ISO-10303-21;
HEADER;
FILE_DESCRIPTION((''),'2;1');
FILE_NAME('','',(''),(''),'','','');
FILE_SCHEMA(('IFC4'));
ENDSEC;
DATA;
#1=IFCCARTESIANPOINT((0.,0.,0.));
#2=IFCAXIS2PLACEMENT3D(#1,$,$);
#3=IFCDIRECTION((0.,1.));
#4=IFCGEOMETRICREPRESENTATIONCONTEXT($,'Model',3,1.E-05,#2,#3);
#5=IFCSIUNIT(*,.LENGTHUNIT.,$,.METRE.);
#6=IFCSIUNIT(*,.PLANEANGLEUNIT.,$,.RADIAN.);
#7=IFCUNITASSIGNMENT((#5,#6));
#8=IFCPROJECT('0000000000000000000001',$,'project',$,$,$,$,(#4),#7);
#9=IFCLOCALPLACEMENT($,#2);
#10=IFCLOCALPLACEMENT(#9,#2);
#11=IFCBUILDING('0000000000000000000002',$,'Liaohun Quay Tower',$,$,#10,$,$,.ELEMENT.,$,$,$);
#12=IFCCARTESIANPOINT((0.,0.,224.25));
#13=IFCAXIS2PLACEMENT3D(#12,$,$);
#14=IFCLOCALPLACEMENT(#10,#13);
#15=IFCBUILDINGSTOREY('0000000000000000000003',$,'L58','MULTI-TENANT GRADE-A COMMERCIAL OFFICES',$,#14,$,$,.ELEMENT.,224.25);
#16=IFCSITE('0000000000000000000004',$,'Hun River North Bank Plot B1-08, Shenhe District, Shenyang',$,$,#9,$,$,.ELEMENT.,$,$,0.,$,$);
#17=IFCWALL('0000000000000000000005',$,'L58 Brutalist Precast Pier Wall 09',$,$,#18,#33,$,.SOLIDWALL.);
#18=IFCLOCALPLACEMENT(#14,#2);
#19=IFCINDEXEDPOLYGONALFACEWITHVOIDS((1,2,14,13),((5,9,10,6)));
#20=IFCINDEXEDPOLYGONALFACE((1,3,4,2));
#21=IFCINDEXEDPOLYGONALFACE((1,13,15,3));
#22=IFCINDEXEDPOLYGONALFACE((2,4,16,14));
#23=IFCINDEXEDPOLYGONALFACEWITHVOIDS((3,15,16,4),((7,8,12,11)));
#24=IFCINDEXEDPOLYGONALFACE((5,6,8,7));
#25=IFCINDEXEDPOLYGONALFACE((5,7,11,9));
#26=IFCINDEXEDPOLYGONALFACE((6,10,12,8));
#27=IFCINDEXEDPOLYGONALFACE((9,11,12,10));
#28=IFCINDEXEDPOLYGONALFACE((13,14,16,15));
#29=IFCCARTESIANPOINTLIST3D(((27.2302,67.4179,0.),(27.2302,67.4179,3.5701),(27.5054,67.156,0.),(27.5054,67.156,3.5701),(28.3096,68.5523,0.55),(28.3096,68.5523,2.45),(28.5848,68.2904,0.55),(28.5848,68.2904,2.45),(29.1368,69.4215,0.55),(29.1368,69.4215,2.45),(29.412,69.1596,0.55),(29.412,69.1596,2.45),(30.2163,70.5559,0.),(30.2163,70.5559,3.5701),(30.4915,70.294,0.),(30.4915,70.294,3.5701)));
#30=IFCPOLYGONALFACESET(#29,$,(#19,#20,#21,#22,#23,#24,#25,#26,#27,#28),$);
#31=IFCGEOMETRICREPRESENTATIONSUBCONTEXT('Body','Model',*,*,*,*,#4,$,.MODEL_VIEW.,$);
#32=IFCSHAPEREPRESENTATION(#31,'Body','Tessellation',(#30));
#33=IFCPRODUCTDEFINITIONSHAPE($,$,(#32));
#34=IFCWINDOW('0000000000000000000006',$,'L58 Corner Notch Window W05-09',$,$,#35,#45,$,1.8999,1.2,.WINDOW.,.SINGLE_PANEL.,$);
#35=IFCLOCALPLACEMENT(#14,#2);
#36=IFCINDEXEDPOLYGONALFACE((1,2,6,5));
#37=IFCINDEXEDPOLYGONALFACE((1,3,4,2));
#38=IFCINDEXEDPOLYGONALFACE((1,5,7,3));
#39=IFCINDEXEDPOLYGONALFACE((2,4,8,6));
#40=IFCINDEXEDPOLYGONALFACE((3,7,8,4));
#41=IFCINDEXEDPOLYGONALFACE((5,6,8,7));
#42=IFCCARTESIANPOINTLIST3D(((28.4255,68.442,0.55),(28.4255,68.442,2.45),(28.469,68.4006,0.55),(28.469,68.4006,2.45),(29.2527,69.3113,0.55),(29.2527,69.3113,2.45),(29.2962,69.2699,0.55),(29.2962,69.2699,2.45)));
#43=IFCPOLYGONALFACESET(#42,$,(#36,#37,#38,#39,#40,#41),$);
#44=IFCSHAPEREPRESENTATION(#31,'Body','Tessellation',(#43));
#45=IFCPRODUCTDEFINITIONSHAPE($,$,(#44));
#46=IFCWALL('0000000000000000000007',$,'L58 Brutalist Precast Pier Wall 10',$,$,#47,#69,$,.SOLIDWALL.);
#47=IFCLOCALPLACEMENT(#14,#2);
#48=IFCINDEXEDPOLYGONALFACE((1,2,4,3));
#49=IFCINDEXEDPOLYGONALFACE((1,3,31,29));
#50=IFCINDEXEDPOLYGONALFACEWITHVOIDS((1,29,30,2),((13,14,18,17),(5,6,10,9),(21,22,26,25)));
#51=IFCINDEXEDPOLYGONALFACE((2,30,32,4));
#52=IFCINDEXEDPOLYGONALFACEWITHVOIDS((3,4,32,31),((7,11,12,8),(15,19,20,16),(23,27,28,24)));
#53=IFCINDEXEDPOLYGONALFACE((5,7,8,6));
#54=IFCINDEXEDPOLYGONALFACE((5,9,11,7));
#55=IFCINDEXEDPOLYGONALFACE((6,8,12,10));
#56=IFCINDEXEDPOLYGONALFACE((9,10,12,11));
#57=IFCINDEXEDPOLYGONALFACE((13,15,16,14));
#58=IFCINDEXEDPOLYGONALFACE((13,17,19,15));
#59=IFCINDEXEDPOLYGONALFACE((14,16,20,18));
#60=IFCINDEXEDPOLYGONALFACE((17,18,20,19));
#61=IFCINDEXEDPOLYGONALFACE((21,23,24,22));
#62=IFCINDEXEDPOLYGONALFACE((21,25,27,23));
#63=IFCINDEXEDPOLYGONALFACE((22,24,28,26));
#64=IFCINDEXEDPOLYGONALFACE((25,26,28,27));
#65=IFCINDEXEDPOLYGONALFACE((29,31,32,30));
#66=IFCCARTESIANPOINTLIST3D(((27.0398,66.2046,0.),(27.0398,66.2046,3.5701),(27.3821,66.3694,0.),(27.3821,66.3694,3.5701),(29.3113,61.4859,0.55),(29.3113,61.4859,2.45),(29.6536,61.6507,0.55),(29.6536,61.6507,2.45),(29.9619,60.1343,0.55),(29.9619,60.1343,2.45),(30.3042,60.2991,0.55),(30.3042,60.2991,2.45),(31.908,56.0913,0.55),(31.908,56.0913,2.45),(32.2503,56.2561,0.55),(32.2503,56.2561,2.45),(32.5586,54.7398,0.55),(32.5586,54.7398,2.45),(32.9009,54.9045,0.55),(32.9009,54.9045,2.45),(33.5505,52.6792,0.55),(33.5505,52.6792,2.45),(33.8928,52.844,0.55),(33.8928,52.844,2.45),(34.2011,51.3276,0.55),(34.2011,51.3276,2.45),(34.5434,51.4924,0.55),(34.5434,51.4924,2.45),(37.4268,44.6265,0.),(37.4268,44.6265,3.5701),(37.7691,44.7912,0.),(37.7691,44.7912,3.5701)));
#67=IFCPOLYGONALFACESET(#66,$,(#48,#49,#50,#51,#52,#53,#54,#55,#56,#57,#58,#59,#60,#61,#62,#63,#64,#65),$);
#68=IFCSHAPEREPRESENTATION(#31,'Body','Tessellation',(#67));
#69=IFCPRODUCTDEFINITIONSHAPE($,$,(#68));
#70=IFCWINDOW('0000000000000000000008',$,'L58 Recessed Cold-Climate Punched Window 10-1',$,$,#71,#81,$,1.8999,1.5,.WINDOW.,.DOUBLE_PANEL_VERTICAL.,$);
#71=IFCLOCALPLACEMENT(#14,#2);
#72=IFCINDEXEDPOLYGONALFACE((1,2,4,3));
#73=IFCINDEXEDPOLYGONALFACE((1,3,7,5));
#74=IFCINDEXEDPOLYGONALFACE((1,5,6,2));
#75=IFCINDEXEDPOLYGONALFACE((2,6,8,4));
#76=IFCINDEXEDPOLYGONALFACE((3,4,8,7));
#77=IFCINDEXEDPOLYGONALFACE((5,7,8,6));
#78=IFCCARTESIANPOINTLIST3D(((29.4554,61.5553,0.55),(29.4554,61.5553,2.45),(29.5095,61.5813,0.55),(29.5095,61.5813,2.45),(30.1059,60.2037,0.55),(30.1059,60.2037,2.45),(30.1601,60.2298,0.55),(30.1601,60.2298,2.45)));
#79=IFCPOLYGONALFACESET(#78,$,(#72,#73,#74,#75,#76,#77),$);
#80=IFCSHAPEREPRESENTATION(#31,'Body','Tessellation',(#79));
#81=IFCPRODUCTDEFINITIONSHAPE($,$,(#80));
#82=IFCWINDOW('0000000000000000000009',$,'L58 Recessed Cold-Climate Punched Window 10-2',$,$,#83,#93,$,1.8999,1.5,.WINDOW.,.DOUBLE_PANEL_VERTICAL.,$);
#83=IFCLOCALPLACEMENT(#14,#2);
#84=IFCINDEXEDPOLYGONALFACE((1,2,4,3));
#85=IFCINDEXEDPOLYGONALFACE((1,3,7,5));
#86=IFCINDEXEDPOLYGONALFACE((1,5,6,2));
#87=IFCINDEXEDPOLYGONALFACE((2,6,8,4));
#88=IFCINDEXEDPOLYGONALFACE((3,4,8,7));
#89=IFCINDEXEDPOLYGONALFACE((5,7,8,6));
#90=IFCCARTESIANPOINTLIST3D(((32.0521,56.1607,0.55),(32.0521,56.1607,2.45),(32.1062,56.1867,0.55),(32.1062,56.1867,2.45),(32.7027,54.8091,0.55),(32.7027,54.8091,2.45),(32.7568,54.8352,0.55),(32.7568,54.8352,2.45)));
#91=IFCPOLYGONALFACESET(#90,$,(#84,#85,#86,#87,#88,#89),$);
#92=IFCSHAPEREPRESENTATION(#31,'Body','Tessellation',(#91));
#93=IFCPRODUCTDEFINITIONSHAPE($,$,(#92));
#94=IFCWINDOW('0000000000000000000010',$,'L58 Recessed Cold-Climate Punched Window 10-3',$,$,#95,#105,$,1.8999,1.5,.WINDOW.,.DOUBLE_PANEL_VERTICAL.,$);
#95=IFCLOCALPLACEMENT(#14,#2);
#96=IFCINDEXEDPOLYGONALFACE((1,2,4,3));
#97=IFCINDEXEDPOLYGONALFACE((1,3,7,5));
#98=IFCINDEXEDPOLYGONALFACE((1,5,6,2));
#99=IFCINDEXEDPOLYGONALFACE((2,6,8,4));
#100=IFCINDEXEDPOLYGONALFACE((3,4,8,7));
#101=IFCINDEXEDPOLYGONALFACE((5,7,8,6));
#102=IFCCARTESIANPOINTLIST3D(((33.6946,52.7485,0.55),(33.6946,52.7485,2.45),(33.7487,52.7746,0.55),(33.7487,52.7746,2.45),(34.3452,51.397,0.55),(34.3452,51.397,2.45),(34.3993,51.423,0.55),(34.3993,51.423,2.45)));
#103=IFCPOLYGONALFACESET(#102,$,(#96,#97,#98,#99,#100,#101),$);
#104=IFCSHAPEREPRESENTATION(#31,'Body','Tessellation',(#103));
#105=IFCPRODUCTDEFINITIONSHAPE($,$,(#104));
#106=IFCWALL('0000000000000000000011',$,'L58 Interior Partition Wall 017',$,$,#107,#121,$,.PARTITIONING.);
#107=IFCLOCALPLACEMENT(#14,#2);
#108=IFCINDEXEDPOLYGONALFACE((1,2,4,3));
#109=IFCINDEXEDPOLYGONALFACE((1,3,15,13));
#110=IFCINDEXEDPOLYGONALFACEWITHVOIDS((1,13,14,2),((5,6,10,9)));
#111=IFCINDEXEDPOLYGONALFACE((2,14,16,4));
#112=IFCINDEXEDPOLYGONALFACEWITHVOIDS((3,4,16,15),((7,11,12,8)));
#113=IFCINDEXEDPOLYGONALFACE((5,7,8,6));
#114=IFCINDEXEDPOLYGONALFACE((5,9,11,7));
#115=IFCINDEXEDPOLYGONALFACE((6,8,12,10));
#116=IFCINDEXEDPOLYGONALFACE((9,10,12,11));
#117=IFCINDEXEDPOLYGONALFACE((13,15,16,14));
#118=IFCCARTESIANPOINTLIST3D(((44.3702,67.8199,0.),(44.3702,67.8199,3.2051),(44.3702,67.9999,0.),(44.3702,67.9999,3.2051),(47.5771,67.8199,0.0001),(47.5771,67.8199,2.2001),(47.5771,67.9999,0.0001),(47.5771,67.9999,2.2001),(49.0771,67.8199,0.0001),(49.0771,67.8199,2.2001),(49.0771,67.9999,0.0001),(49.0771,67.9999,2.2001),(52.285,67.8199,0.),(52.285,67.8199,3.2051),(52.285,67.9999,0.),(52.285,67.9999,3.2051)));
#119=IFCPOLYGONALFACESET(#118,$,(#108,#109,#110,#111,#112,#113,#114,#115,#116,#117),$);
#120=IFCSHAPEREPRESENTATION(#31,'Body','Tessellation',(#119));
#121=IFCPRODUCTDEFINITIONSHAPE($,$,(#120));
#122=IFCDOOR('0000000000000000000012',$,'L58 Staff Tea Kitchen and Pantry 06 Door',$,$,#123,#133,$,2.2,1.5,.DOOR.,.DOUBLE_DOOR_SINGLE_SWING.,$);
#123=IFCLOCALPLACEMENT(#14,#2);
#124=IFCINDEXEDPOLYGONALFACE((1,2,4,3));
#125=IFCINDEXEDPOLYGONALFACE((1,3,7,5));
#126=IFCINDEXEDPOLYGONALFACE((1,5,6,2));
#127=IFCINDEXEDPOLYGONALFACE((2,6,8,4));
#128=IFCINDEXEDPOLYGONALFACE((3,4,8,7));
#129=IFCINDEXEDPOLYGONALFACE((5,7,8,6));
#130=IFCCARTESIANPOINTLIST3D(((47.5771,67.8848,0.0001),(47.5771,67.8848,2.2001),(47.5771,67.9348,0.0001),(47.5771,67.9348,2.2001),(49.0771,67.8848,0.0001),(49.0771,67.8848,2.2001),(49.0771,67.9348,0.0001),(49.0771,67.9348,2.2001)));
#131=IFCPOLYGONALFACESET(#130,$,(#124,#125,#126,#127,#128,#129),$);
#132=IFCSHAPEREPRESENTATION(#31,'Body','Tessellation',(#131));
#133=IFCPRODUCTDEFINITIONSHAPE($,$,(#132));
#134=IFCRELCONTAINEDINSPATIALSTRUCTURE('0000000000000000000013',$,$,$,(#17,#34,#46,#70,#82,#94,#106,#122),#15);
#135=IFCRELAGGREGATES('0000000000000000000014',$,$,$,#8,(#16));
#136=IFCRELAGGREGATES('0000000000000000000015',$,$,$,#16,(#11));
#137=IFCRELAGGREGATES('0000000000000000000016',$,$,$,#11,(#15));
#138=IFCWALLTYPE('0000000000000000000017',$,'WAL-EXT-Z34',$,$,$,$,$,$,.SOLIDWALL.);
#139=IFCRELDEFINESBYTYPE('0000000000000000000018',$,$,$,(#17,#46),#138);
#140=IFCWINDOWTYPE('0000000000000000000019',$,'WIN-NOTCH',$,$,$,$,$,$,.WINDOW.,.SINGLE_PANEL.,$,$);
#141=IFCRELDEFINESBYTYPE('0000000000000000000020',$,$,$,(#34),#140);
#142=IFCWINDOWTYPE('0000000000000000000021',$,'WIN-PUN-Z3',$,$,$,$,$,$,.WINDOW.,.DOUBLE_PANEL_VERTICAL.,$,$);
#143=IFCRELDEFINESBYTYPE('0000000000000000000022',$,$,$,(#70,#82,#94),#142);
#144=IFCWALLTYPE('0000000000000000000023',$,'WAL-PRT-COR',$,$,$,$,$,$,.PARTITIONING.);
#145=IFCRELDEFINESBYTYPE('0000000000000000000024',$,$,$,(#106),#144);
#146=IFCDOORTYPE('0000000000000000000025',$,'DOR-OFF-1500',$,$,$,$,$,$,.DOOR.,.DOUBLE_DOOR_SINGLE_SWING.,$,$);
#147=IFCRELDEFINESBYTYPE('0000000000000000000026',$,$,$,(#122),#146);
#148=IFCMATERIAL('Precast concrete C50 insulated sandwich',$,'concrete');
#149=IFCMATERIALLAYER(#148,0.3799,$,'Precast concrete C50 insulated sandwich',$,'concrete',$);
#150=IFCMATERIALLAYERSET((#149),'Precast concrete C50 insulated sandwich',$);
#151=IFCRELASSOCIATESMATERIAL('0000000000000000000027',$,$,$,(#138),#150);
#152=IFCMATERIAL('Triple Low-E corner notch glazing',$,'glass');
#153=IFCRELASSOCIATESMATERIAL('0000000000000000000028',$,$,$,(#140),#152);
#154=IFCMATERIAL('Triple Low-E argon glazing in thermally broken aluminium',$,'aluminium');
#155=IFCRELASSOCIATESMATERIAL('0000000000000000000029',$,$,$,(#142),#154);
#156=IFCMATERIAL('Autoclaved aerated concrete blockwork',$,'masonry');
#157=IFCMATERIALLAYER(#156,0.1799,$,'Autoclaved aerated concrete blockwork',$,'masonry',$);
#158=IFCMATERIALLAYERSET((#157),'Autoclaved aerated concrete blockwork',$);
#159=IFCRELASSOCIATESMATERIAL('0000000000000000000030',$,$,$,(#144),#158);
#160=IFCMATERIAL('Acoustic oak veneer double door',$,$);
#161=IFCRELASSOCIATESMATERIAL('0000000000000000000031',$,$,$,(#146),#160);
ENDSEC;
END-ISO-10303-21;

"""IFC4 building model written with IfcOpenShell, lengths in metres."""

from ifc_helpers import new_model, si_unit, direction, frame, frame_2d, origin, place, context, subcontext, project, spatial, rectangle, extrude, source, transform, mapped, material, layer, layer_set, type_object, element, fill, save


model = new_model("IFC4")

# Units and contexts
model_context = context("Model", 3, precision=1e-05, world=origin(), true_north=direction((0.0, 1.0)))
body_context = subcontext(model_context, "Body", "Model", "MODEL_VIEW")
ifc_project = project(units=[si_unit("LENGTHUNIT", "METRE"), si_unit("PLANEANGLEUNIT", "RADIAN")], contexts=[model_context])

# Site, building, storey
site_placement = place(None, origin())
site = spatial("IfcSite", under=ifc_project, at=site_placement, Name="Hun River North Bank Plot B1-08, Shenhe District, Shenyang", CompositionType="ELEMENT", RefElevation=0.0)
building_placement = place(site_placement, origin())
building = spatial("IfcBuilding", under=site, at=building_placement, Name="Liaohun Quay Tower", CompositionType="ELEMENT")
storey_placement = place(building_placement, frame((0.0, 0.0, 224.25)))
storey = spatial("IfcBuildingStorey", under=building, at=storey_placement, Name="L58", Description="MULTI-TENANT GRADE-A COMMERCIAL OFFICES", CompositionType="ELEMENT", Elevation=224.25)

# Wall, opening, window
ifc_material_1 = material(Name="Precast concrete C50 insulated sandwich", Category="concrete")
ifc_layer_1 = layer(ifc_material_1, 0.3799, Name="Precast concrete C50 insulated sandwich", Category="concrete")
ifc_layer_set_1 = layer_set([ifc_layer_1], Name="Precast concrete C50 insulated sandwich")
wall_type_1 = type_object("IfcWallType", Name="WAL-EXT-Z34", PredefinedType="SOLIDWALL", material=ifc_layer_set_1)
shared_shape_1 = source(origin(), body_context, "Body", "SweptSolid", [
    extrude(rectangle(XDim=1.2, YDim=1.8999, at=frame_2d((0.6001, 0.95))), frame((0.0, 0.2, 0.0), z_axis=(0.0, -1.0, 0.0), x_axis=(1.0, 0.0, 0.0)), (0.0, 0.0, 1.0), 0.3999),
])
ifc_material_2 = material(Name="Triple Low-E corner notch glazing", Category="glass")
window_type_1 = type_object("IfcWindowType", Name="WIN-NOTCH", PartitioningType="SINGLE_PANEL", PredefinedType="WINDOW", material=ifc_material_2)
shared_shape_2 = source(origin(), body_context, "Body", "SweptSolid", [
    extrude(rectangle(XDim=1.2, YDim=1.8999, at=frame_2d((0.6001, 0.95))), frame((0.0, 0.03, 0.0), z_axis=(0.0, -1.0, 0.0), x_axis=(1.0, 0.0, 0.0)), (0.0, 0.0, 1.0), 0.0601),
])
wall_1_placement = place(storey_placement, frame((30.354, 70.425, 0.0), z_axis=(0.0, 0.0, 1.0), x_axis=(-0.689361, -0.724418, 0.0)))
wall_1 = element("IfcWall", 1, at=wall_1_placement, inside=storey, type_object=wall_type_1, Name="L58 Brutalist Precast Pier Wall 09", PredefinedType="SOLIDWALL", context=body_context, shape_type="SweptSolid", body=[
    extrude(rectangle(XDim=4.3318, YDim=0.3799, at=frame_2d((2.166, 0.0))), origin(), (0.0, 0.0, 1.0), 3.5701),
])
opening_1_placement = place(wall_1_placement, frame((1.5659, 0.0, 0.55)))
opening_1 = element("IfcOpeningElement", 2, at=opening_1_placement, cuts=wall_1, PredefinedType="OPENING", context=body_context, shape_type="MappedRepresentation", body=[
    mapped(shared_shape_1, transform((0.0, 0.0, 0.0), x_axis=(1.0, 0.0, 0.0), y_axis=(0.0, 1.0, 0.0), z_axis=(0.0, 0.0, 1.0), scale=1.0)),
])
window_1_placement = place(opening_1_placement, origin())
window_1 = element("IfcWindow", 3, at=window_1_placement, inside=storey, type_object=window_type_1, Name="L58 Corner Notch Window W05-09", OverallHeight=1.8999, OverallWidth=1.2, PartitioningType="SINGLE_PANEL", PredefinedType="WINDOW", context=body_context, shape_type="MappedRepresentation", body=[
    mapped(shared_shape_2, transform((0.0, 0.0, 0.0), x_axis=(1.0, 0.0, 0.0), y_axis=(0.0, 1.0, 0.0), z_axis=(0.0, 0.0, 1.0), scale=1.0)),
])
fill(opening_1, window_1)

# Wall, openings, windows
wall_2_placement = place(storey_placement, frame((27.2109, 66.2871, 0.0), z_axis=(0.0, 0.0, 1.0), x_axis=(0.433731, -0.901043, 0.0)))
wall_2 = element("IfcWall", 4, at=wall_2_placement, inside=storey, type_object=wall_type_1, Name="L58 Brutalist Precast Pier Wall 10", PredefinedType="SOLIDWALL", context=body_context, shape_type="SweptSolid", body=[
    extrude(rectangle(XDim=23.948, YDim=0.3799, at=frame_2d((11.9741, 0.0))), origin(), (0.0, 0.0, 1.0), 3.5701),
])
shared_shape_3 = source(origin(), body_context, "Body", "SweptSolid", [
    extrude(rectangle(XDim=1.5, YDim=1.8999, at=frame_2d((0.75, 0.95))), frame((0.0, 0.2, 0.0), z_axis=(0.0, -1.0, 0.0), x_axis=(1.0, 0.0, 0.0)), (0.0, 0.0, 1.0), 0.3999),
])
opening_2_placement = place(wall_2_placement, frame((5.2371, 0.0, 0.55)))
opening_2 = element("IfcOpeningElement", 5, at=opening_2_placement, cuts=wall_2, PredefinedType="OPENING", context=body_context, shape_type="MappedRepresentation", body=[
    mapped(shared_shape_3, transform((0.0, 0.0, 0.0), x_axis=(1.0, 0.0, 0.0), y_axis=(0.0, 1.0, 0.0), z_axis=(0.0, 0.0, 1.0), scale=1.0)),
])
opening_3_placement = place(wall_2_placement, frame((11.2241, 0.0, 0.55)))
opening_3 = element("IfcOpeningElement", 6, at=opening_3_placement, cuts=wall_2, PredefinedType="OPENING", context=body_context, shape_type="MappedRepresentation", body=[
    mapped(shared_shape_3, transform((0.0, 0.0, 0.0), x_axis=(1.0, 0.0, 0.0), y_axis=(0.0, 1.0, 0.0), z_axis=(0.0, 0.0, 1.0), scale=1.0)),
])
opening_4_placement = place(wall_2_placement, frame((15.011, 0.0, 0.55)))
opening_4 = element("IfcOpeningElement", 7, at=opening_4_placement, cuts=wall_2, PredefinedType="OPENING", context=body_context, shape_type="MappedRepresentation", body=[
    mapped(shared_shape_3, transform((0.0, 0.0, 0.0), x_axis=(1.0, 0.0, 0.0), y_axis=(0.0, 1.0, 0.0), z_axis=(0.0, 0.0, 1.0), scale=1.0)),
])
ifc_material_3 = material(Name="Triple Low-E argon glazing in thermally broken aluminium", Category="aluminium")
window_type_2 = type_object("IfcWindowType", Name="WIN-PUN-Z3", PartitioningType="DOUBLE_PANEL_VERTICAL", PredefinedType="WINDOW", material=ifc_material_3)
shared_shape_4 = source(origin(), body_context, "Body", "SweptSolid", [
    extrude(rectangle(XDim=1.5, YDim=1.8999, at=frame_2d((0.75, 0.95))), frame((0.0, 0.03, 0.0), z_axis=(0.0, -1.0, 0.0), x_axis=(1.0, 0.0, 0.0)), (0.0, 0.0, 1.0), 0.0601),
])
window_2_placement = place(opening_2_placement, origin())
window_2 = element("IfcWindow", 8, at=window_2_placement, inside=storey, type_object=window_type_2, Name="L58 Recessed Cold-Climate Punched Window 10-1", OverallHeight=1.8999, OverallWidth=1.5, PartitioningType="DOUBLE_PANEL_VERTICAL", PredefinedType="WINDOW", context=body_context, shape_type="MappedRepresentation", body=[
    mapped(shared_shape_4, transform((0.0, 0.0, 0.0), x_axis=(1.0, 0.0, 0.0), y_axis=(0.0, 1.0, 0.0), z_axis=(0.0, 0.0, 1.0), scale=1.0)),
])
fill(opening_2, window_2)
window_3_placement = place(opening_3_placement, origin())
window_3 = element("IfcWindow", 9, at=window_3_placement, inside=storey, type_object=window_type_2, Name="L58 Recessed Cold-Climate Punched Window 10-2", OverallHeight=1.8999, OverallWidth=1.5, PartitioningType="DOUBLE_PANEL_VERTICAL", PredefinedType="WINDOW", context=body_context, shape_type="MappedRepresentation", body=[
    mapped(shared_shape_4, transform((0.0, 0.0, 0.0), x_axis=(1.0, 0.0, 0.0), y_axis=(0.0, 1.0, 0.0), z_axis=(0.0, 0.0, 1.0), scale=1.0)),
])
fill(opening_3, window_3)
window_4_placement = place(opening_4_placement, origin())
window_4 = element("IfcWindow", 10, at=window_4_placement, inside=storey, type_object=window_type_2, Name="L58 Recessed Cold-Climate Punched Window 10-3", OverallHeight=1.8999, OverallWidth=1.5, PartitioningType="DOUBLE_PANEL_VERTICAL", PredefinedType="WINDOW", context=body_context, shape_type="MappedRepresentation", body=[
    mapped(shared_shape_4, transform((0.0, 0.0, 0.0), x_axis=(1.0, 0.0, 0.0), y_axis=(0.0, 1.0, 0.0), z_axis=(0.0, 0.0, 1.0), scale=1.0)),
])
fill(opening_4, window_4)

# Wall, opening, door
ifc_material_4 = material(Name="Autoclaved aerated concrete blockwork", Category="masonry")
ifc_layer_2 = layer(ifc_material_4, 0.1799, Name="Autoclaved aerated concrete blockwork", Category="masonry")
ifc_layer_set_2 = layer_set([ifc_layer_2], Name="Autoclaved aerated concrete blockwork")
wall_type_2 = type_object("IfcWallType", Name="WAL-PRT-COR", PredefinedType="PARTITIONING", material=ifc_layer_set_2)
wall_3_placement = place(storey_placement, frame((44.3701, 67.9099, 0.0), z_axis=(0.0, 0.0, 1.0), x_axis=(1.0, 0.0, 0.0)))
wall_3 = element("IfcWall", 11, at=wall_3_placement, inside=storey, type_object=wall_type_2, Name="L58 Interior Partition Wall 017", PredefinedType="PARTITIONING", context=body_context, shape_type="SweptSolid", body=[
    extrude(rectangle(XDim=7.9148, YDim=0.1799, at=frame_2d((3.9575, 0.0))), origin(), (0.0, 0.0, 1.0), 3.2051),
])
shared_shape_5 = source(origin(), body_context, "Body", "SweptSolid", [
    extrude(rectangle(XDim=1.5, YDim=2.2, at=frame_2d((0.75, 1.1001))), frame((0.0, 0.0999, 0.0), z_axis=(0.0, -1.0, 0.0), x_axis=(1.0, 0.0, 0.0)), (0.0, 0.0, 1.0), 0.2),
])
opening_5_placement = place(wall_3_placement, frame((3.207, 0.0, 0.0)))
opening_5 = element("IfcOpeningElement", 12, at=opening_5_placement, cuts=wall_3, PredefinedType="OPENING", context=body_context, shape_type="MappedRepresentation", body=[
    mapped(shared_shape_5, transform((0.0, 0.0, 0.0), x_axis=(1.0, 0.0, 0.0), y_axis=(0.0, 1.0, 0.0), z_axis=(0.0, 0.0, 1.0), scale=1.0)),
])
ifc_material_5 = material(Name="Acoustic oak veneer double door")
door_type = type_object("IfcDoorType", Name="DOR-OFF-1500", OperationType="DOUBLE_DOOR_SINGLE_SWING", PredefinedType="DOOR", material=ifc_material_5)
shared_shape_6 = source(origin(), body_context, "Body", "SweptSolid", [
    extrude(rectangle(XDim=1.5, YDim=2.2, at=frame_2d((0.75, 1.1001))), frame((0.0, 0.0249, 0.0), z_axis=(0.0, -1.0, 0.0), x_axis=(1.0, 0.0, 0.0)), (0.0, 0.0, 1.0), 0.05),
])
door_1_placement = place(opening_5_placement, origin())
door_1 = element("IfcDoor", 13, at=door_1_placement, inside=storey, type_object=door_type, Name="L58 Staff Tea Kitchen and Pantry 06 Door", OperationType="DOUBLE_DOOR_SINGLE_SWING", OverallHeight=2.2, OverallWidth=1.5, PredefinedType="DOOR", context=body_context, shape_type="MappedRepresentation", body=[
    mapped(shared_shape_6, transform((0.0, 0.0, 0.0), x_axis=(1.0, 0.0, 0.0), y_axis=(0.0, 1.0, 0.0), z_axis=(0.0, 0.0, 1.0), scale=1.0)),
])
fill(opening_5, door_1)

save(model, "model.ifc")
